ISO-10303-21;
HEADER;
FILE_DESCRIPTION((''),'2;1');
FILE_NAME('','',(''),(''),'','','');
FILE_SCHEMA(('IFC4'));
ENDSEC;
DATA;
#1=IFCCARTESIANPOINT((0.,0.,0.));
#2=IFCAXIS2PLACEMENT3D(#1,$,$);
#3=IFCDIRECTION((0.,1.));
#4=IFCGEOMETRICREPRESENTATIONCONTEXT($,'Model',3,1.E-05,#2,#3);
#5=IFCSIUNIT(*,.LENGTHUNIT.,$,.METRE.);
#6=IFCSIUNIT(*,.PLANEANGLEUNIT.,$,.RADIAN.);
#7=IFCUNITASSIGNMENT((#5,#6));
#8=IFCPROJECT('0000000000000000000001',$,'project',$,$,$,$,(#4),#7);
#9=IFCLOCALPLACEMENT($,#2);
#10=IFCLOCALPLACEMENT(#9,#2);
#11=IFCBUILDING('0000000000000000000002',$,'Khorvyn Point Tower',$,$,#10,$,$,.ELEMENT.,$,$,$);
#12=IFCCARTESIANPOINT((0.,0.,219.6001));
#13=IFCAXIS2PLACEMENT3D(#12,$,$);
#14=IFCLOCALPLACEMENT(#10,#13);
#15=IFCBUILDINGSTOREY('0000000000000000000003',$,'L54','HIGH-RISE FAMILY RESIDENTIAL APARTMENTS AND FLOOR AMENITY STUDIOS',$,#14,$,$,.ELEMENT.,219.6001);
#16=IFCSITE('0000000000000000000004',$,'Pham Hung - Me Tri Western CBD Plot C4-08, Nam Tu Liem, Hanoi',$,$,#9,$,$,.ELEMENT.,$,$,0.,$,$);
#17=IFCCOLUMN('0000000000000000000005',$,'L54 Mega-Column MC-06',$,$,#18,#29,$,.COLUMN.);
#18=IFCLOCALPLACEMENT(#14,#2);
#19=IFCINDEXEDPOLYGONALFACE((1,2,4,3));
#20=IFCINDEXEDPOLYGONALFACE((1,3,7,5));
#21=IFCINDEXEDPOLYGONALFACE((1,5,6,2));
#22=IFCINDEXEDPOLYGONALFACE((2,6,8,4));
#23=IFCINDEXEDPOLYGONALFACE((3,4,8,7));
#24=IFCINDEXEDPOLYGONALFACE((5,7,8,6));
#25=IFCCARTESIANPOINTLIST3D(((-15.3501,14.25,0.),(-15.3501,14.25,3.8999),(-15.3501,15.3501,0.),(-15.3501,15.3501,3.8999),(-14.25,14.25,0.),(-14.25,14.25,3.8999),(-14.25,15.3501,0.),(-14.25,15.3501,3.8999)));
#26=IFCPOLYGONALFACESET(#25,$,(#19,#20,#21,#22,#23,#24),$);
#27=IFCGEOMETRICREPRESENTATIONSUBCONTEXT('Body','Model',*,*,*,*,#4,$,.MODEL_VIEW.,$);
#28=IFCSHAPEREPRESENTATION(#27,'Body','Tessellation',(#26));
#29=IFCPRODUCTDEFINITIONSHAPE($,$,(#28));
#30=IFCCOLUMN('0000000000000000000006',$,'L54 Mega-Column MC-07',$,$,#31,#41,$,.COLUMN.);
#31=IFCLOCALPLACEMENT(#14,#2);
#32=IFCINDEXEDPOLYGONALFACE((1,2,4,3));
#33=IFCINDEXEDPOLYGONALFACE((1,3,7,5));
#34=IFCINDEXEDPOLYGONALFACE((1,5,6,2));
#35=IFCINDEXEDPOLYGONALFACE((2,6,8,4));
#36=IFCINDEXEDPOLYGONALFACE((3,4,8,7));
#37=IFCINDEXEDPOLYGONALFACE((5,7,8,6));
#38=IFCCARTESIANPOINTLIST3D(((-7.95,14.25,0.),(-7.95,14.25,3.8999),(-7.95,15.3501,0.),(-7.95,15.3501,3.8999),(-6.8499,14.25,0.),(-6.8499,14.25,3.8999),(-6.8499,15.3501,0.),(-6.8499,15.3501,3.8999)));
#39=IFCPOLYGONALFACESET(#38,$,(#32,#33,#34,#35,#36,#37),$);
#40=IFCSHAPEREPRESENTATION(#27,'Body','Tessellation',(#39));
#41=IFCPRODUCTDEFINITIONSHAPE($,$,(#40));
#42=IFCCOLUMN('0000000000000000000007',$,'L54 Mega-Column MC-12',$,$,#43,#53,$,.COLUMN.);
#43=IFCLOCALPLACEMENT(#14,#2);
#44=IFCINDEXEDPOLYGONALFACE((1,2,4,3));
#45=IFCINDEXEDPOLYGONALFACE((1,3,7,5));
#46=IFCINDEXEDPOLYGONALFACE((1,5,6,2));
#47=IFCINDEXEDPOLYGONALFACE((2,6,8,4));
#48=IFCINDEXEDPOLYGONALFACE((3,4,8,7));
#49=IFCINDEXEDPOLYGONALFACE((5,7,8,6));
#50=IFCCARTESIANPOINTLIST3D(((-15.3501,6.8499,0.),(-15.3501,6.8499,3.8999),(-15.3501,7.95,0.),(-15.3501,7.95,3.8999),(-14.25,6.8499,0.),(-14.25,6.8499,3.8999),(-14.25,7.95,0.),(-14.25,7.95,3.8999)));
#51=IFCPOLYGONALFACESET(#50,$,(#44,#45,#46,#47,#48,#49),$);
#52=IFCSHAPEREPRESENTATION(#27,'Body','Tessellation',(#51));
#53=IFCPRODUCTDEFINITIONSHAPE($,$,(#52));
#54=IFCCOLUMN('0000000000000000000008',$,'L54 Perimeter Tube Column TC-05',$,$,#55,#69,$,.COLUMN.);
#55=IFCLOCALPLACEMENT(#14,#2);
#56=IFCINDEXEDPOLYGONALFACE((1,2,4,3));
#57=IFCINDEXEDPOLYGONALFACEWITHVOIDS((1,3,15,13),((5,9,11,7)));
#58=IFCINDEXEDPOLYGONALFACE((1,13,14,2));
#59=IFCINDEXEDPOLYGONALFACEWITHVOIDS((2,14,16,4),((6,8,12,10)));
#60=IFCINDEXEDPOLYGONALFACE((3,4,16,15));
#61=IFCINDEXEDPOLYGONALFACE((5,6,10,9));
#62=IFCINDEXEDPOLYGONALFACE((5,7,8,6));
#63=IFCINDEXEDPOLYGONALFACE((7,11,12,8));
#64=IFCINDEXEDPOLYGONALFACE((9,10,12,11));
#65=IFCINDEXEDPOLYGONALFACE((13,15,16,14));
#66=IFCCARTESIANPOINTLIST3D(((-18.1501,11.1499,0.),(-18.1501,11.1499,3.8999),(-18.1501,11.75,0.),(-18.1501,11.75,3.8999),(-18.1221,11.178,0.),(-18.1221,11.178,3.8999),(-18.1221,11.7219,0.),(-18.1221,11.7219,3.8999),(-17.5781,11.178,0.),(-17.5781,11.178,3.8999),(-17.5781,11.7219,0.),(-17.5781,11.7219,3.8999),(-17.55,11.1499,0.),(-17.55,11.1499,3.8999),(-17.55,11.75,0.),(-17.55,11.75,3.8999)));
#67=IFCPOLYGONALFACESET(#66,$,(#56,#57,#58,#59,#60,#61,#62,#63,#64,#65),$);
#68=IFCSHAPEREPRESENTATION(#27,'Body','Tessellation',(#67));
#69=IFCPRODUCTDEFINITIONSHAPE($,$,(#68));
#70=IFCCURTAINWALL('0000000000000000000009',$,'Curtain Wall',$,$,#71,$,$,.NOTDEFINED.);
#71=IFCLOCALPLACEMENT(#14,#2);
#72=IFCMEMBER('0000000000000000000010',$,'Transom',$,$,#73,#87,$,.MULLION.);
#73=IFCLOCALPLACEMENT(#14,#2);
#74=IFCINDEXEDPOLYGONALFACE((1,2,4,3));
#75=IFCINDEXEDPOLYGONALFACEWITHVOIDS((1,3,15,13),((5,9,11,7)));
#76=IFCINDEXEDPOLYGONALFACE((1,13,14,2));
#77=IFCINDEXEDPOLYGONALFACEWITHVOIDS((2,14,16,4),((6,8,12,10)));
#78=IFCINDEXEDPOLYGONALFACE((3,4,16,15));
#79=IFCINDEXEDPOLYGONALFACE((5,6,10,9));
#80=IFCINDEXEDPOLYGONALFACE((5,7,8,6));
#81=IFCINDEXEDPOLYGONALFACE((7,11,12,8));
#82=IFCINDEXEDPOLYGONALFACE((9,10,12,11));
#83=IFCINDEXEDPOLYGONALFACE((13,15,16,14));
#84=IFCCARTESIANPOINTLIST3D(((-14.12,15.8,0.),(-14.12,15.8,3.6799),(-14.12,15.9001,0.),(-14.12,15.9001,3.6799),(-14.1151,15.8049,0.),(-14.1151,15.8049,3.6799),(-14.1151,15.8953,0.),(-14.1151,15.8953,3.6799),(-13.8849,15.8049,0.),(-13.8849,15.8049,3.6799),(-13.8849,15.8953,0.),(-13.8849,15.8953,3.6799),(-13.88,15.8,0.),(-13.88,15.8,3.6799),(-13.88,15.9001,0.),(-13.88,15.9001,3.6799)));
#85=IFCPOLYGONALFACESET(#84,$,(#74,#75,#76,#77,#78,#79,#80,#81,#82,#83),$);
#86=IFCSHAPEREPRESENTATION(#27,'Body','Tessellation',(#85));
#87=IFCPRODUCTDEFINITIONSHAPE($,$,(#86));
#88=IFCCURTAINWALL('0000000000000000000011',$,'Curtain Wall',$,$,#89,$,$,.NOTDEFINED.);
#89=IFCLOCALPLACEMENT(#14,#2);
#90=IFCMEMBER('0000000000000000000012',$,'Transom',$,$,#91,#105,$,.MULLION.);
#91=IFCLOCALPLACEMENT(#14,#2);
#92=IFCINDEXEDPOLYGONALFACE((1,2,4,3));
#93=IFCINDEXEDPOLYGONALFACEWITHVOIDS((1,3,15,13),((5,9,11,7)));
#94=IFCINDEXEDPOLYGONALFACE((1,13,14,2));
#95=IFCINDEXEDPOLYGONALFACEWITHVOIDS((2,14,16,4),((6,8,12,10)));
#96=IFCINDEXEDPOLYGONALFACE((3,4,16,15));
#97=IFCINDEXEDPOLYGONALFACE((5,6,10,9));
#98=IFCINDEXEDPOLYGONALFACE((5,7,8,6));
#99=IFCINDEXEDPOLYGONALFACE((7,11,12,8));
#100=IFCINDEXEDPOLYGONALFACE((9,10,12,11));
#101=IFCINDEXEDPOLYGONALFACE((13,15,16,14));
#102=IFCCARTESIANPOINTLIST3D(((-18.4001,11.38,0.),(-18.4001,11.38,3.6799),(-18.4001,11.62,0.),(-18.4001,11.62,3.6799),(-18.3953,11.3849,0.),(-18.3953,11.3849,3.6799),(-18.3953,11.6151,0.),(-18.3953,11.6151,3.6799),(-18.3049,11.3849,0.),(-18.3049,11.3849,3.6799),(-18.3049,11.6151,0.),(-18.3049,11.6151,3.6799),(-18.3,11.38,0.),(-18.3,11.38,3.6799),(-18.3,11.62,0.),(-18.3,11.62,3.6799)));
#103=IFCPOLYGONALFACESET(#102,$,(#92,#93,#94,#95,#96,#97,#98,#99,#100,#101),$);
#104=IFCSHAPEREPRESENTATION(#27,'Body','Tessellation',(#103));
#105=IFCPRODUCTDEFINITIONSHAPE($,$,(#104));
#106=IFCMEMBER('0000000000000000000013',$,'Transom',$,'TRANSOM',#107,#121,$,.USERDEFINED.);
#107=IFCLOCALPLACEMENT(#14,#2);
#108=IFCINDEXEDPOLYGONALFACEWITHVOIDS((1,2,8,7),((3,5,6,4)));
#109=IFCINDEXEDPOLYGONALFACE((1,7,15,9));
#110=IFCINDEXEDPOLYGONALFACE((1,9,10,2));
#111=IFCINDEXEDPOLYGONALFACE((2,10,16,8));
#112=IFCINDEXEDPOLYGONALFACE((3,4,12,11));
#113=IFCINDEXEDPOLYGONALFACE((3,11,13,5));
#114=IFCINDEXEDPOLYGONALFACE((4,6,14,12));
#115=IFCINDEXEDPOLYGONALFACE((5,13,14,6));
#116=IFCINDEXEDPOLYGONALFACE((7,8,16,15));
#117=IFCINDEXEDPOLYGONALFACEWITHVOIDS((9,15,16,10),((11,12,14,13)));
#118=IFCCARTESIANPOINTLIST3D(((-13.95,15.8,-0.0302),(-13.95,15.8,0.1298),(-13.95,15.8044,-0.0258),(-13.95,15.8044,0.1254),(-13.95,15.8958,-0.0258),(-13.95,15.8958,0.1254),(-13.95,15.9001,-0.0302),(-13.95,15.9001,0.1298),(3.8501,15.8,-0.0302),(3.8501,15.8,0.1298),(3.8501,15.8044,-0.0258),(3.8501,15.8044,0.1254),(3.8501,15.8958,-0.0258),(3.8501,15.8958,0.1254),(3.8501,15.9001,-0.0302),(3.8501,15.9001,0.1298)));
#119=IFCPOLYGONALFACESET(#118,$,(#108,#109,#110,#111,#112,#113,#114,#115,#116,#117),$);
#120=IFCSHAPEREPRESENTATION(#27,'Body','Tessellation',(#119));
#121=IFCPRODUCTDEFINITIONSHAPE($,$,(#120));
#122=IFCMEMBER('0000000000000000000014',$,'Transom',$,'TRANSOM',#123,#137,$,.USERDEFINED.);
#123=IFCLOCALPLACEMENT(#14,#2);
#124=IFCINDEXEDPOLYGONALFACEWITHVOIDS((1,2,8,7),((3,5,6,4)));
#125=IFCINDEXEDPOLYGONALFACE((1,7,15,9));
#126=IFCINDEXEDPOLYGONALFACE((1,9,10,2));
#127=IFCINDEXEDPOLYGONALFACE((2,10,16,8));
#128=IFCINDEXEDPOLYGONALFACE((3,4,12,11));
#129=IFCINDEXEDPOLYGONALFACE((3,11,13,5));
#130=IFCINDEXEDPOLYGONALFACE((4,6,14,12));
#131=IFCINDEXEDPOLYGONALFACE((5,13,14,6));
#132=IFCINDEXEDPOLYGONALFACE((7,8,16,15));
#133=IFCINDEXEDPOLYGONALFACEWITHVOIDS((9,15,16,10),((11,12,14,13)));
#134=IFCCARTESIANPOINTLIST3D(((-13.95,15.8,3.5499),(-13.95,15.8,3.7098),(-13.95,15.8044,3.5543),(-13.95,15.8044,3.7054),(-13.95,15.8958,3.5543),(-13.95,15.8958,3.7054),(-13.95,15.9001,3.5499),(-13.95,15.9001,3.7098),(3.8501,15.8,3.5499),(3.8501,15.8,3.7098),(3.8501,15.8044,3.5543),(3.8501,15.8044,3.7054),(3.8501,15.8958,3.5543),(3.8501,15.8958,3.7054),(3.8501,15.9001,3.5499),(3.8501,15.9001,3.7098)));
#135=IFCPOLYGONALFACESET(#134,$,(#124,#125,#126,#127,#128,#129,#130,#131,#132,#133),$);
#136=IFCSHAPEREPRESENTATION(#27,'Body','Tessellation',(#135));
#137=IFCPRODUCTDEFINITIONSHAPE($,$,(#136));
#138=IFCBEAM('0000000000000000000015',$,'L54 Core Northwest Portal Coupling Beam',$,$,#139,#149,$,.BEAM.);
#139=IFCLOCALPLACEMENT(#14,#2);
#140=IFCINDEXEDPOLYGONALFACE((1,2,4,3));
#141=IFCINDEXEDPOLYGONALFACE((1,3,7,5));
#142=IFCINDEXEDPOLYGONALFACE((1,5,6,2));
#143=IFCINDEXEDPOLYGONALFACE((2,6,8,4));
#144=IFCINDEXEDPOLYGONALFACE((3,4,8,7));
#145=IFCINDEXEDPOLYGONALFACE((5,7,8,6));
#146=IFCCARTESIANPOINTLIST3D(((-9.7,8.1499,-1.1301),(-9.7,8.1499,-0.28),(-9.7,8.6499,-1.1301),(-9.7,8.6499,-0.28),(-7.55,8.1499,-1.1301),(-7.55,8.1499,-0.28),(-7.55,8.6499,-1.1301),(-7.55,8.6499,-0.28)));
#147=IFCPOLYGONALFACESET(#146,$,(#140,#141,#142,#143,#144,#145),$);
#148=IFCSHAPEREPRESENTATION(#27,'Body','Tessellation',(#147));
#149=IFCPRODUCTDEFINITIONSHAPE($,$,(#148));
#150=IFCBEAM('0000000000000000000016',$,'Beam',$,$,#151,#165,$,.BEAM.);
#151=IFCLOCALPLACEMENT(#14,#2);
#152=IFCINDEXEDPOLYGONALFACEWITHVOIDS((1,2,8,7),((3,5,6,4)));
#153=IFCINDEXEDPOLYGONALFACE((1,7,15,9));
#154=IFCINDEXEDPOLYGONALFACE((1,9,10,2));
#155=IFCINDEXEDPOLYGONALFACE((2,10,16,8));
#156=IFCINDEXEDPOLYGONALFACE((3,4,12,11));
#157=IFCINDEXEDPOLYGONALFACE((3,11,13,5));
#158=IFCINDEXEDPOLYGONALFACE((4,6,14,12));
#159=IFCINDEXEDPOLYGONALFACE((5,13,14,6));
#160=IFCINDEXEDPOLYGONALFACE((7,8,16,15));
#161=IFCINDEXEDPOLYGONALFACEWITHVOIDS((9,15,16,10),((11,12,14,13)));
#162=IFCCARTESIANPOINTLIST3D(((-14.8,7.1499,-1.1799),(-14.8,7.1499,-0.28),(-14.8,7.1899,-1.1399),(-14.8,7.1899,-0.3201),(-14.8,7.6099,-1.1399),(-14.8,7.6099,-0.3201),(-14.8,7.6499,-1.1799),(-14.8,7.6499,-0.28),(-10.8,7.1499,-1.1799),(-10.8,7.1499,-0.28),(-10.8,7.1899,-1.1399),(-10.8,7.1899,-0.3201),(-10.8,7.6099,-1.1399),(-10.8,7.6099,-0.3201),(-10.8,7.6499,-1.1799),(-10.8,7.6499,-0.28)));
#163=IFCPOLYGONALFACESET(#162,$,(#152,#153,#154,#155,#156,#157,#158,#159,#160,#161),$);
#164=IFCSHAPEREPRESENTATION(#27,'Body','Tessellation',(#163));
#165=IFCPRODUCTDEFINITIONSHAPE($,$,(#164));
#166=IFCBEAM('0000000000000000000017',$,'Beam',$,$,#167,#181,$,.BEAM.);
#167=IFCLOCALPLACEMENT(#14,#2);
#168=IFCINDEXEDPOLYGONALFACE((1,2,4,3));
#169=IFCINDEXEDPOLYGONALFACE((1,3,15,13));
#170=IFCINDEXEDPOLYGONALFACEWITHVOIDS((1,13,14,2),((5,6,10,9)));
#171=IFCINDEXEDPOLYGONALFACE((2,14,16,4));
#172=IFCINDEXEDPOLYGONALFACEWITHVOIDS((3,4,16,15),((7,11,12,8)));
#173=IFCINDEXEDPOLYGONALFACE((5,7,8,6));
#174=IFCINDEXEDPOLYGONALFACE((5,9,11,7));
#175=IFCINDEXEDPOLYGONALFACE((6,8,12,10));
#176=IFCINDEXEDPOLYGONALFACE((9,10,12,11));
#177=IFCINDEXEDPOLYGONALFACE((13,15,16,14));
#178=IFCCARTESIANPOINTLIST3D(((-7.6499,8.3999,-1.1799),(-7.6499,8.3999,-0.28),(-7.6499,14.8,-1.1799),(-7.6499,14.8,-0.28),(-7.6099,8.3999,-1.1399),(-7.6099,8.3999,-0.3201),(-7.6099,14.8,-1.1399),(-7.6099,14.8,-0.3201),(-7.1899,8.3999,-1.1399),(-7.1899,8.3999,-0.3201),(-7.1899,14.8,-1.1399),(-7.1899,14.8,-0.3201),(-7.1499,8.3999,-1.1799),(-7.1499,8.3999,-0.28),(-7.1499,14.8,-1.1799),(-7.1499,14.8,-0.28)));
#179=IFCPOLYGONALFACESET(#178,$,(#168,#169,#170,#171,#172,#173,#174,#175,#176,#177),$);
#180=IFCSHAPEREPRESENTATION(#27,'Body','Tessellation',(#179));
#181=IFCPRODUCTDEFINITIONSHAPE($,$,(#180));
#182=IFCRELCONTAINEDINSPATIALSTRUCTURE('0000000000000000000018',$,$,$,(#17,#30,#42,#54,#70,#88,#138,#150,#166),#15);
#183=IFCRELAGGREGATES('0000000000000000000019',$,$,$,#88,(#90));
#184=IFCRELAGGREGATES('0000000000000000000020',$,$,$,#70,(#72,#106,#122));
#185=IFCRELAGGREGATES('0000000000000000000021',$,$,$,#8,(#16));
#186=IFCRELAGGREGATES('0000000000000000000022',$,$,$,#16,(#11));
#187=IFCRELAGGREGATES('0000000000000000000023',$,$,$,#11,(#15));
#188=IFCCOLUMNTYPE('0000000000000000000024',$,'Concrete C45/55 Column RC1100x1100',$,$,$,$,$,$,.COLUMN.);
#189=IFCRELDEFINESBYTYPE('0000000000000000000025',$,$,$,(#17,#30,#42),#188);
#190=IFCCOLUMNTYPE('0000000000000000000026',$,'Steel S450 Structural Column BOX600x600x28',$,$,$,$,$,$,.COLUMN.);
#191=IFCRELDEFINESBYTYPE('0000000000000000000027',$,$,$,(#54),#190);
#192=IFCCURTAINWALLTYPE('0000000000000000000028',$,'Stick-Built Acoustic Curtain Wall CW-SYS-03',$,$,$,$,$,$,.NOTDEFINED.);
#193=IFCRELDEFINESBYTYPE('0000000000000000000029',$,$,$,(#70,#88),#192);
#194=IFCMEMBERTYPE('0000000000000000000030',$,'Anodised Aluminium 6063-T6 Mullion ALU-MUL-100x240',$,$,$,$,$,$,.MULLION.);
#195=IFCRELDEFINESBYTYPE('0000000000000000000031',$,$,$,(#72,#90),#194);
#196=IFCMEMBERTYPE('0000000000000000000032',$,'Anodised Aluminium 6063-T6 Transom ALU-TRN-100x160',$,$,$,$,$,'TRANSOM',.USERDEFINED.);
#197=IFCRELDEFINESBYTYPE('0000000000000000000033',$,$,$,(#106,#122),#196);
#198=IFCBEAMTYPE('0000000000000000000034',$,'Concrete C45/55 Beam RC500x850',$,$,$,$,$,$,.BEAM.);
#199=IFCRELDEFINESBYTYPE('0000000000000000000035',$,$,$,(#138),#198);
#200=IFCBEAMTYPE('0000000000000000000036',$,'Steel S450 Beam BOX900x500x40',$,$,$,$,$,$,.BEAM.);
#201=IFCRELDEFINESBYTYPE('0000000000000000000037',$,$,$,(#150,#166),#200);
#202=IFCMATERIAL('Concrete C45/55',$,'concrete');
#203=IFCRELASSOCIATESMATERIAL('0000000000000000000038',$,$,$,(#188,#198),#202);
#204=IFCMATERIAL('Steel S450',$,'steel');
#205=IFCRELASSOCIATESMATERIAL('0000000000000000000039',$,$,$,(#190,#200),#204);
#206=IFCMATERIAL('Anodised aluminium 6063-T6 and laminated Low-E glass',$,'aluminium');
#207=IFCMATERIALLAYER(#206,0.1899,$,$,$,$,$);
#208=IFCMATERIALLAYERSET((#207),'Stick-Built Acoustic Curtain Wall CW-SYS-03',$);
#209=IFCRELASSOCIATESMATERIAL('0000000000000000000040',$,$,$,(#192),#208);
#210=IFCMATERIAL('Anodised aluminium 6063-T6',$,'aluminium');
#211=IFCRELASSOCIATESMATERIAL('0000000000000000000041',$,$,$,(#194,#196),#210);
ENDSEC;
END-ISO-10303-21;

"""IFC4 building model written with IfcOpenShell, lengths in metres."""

from ifc_helpers import new_model, si_unit, direction, frame, origin, origin_2d, place, context, subcontext, project, spatial, rectangle, hollow_rectangle, extrude, material, layer, layer_set, material_profile, profile_set, type_object, element, aggregate, save


model = new_model("IFC4")

# Units and contexts
model_context = context("Model", 3, precision=1e-05, world=origin(), true_north=direction((0.0, 1.0)))
body_context = subcontext(model_context, "Body", "Model", "MODEL_VIEW")
ifc_project = project(units=[si_unit("LENGTHUNIT", "METRE"), si_unit("PLANEANGLEUNIT", "RADIAN")], contexts=[model_context])

# Site, building, storey
site_placement = place(None, origin())
site = spatial("IfcSite", under=ifc_project, at=site_placement, Name="Pham Hung - Me Tri Western CBD Plot C4-08, Nam Tu Liem, Hanoi", CompositionType="ELEMENT", RefElevation=0.0)
building_placement = place(site_placement, origin())
building = spatial("IfcBuilding", under=site, at=building_placement, Name="Khorvyn Point Tower", CompositionType="ELEMENT")
storey_placement = place(building_placement, frame((0.0, 0.0, 219.6001)))
storey = spatial("IfcBuildingStorey", under=building, at=storey_placement, Name="L54", Description="HIGH-RISE FAMILY RESIDENTIAL APARTMENTS AND FLOOR AMENITY STUDIOS", CompositionType="ELEMENT", Elevation=219.6001)

# Columns
ifc_material_1 = material(Name="Concrete C45/55", Category="concrete")
ifc_material_profile_1 = material_profile(ifc_material_1, rectangle(XDim=1.1001, YDim=1.1001, at=origin_2d()))
ifc_profile_set_1 = profile_set([ifc_material_profile_1], Name="Concrete C45/55 RC1100x1100")
column_type_1 = type_object("IfcColumnType", Name="Concrete C45/55 Column RC1100x1100", PredefinedType="COLUMN", material=ifc_profile_set_1)
for number, where, z_axis, x_axis, name in (
    (1, (-14.8, 14.8, 0.0), (0.0, 0.0, 1.0), (1.0, 0.0, 0.0), "L54 Mega-Column MC-06"),
    (2, (-7.3999, 14.8, 0.0), (0.0, 0.0, 1.0), (1.0, 0.0, 0.0), "L54 Mega-Column MC-07"),
    (3, (-14.8, 7.3999, 0.0), (0.0, 0.0, 1.0), (1.0, 0.0, 0.0), "L54 Mega-Column MC-12"),
):
    element("IfcColumn", number, at=place(storey_placement, frame(where, z_axis=z_axis, x_axis=x_axis)), inside=storey, type_object=column_type_1, Name=name, PredefinedType="COLUMN", context=body_context, shape_type="SweptSolid", body=[
        extrude(rectangle(XDim=1.1001, YDim=1.1001, at=origin_2d()), origin(), (0.0, 0.0, 1.0), 3.8999),
    ])
ifc_material_2 = material(Name="Steel S450", Category="steel")
ifc_material_profile_2 = material_profile(ifc_material_2, hollow_rectangle(XDim=0.6001, YDim=0.6001, WallThickness=0.0281, at=origin_2d()))
ifc_profile_set_2 = profile_set([ifc_material_profile_2], Name="Steel S450 BOX600x600x28")
column_type_2 = type_object("IfcColumnType", Name="Steel S450 Structural Column BOX600x600x28", PredefinedType="COLUMN", material=ifc_profile_set_2)
column_placement = place(storey_placement, frame((-17.8501, 11.45, 0.0), z_axis=(0.0, 0.0, 1.0), x_axis=(1.0, 0.0, 0.0)))
element("IfcColumn", 4, at=column_placement, inside=storey, type_object=column_type_2, Name="L54 Perimeter Tube Column TC-05", PredefinedType="COLUMN", context=body_context, shape_type="SweptSolid", body=[
    extrude(hollow_rectangle(XDim=0.6001, YDim=0.6001, WallThickness=0.0281, at=origin_2d()), origin(), (0.0, 0.0, 1.0), 3.8999),
])

# Curtain walls, members
ifc_material_3 = material(Name="Anodised aluminium 6063-T6 and laminated Low-E glass", Category="aluminium")
ifc_layer_1 = layer(ifc_material_3, 0.1899)
ifc_layer_set_1 = layer_set([ifc_layer_1], Name="Stick-Built Acoustic Curtain Wall CW-SYS-03")
curtain_wall_type = type_object("IfcCurtainWallType", Name="Stick-Built Acoustic Curtain Wall CW-SYS-03", PredefinedType="NOTDEFINED", material=ifc_layer_set_1)
curtain_wall_1_placement = place(storey_placement, origin())
curtain_wall_1 = element("IfcCurtainWall", 5, at=curtain_wall_1_placement, inside=storey, type_object=curtain_wall_type, Name="Curtain Wall", PredefinedType="NOTDEFINED")
ifc_material_4 = material(Name="Anodised aluminium 6063-T6", Category="aluminium")
ifc_material_profile_3 = material_profile(ifc_material_4, hollow_rectangle(XDim=0.1001, YDim=0.24, WallThickness=0.0049, at=origin_2d()))
ifc_profile_set_3 = profile_set([ifc_material_profile_3], Name="Anodised aluminium 6063-T6 ALU-MUL-100x240")
member_type_1 = type_object("IfcMemberType", Name="Anodised Aluminium 6063-T6 Mullion ALU-MUL-100x240", PredefinedType="MULLION", material=ifc_profile_set_3)
member_1_placement = place(storey_placement, frame((-14.0, 15.8501, 0.0), z_axis=(0.0, 0.0, 1.0), x_axis=(0.0, 1.0, 0.0)))
member_1 = element("IfcMember", 6, at=member_1_placement, type_object=member_type_1, Name="Transom", PredefinedType="MULLION", context=body_context, shape_type="SweptSolid", body=[
    extrude(hollow_rectangle(XDim=0.1001, YDim=0.24, WallThickness=0.0049, at=origin_2d()), origin(), (0.0, 0.0, 1.0), 3.6799),
])
curtain_wall_2_placement = place(storey_placement, origin())
curtain_wall_2 = element("IfcCurtainWall", 7, at=curtain_wall_2_placement, inside=storey, type_object=curtain_wall_type, Name="Curtain Wall", PredefinedType="NOTDEFINED")
member_2_placement = place(storey_placement, frame((-18.3501, 11.5, 0.0), z_axis=(0.0, 0.0, 1.0), x_axis=(-1.0, 0.0, 0.0)))
member_2 = element("IfcMember", 8, at=member_2_placement, type_object=member_type_1, Name="Transom", PredefinedType="MULLION", context=body_context, shape_type="SweptSolid", body=[
    extrude(hollow_rectangle(XDim=0.1001, YDim=0.24, WallThickness=0.0049, at=origin_2d()), origin(), (0.0, 0.0, 1.0), 3.6799),
])
aggregate(curtain_wall_2, [member_2])

# Members
ifc_material_profile_4 = material_profile(ifc_material_4, hollow_rectangle(XDim=0.1001, YDim=0.1599, WallThickness=0.0044, at=origin_2d()))
ifc_profile_set_4 = profile_set([ifc_material_profile_4], Name="Anodised aluminium 6063-T6 ALU-TRN-100x160")
member_type_2 = type_object("IfcMemberType", Name="Anodised Aluminium 6063-T6 Transom ALU-TRN-100x160", ElementType="TRANSOM", PredefinedType="USERDEFINED", material=ifc_profile_set_4)
member_3_placement = place(storey_placement, frame((-13.95, 15.8501, 0.0498), z_axis=(1.0, 0.0, 0.0), x_axis=(0.0, 1.0, 0.0)))
member_3 = element("IfcMember", 9, at=member_3_placement, type_object=member_type_2, Name="Transom", ObjectType="TRANSOM", PredefinedType="USERDEFINED", context=body_context, shape_type="SweptSolid", body=[
    extrude(hollow_rectangle(XDim=0.1001, YDim=0.1599, WallThickness=0.0044, at=origin_2d()), origin(), (0.0, 0.0, 1.0), 17.8),
])
member_4_placement = place(storey_placement, frame((-13.95, 15.8501, 3.6299), z_axis=(1.0, 0.0, 0.0), x_axis=(0.0, 1.0, 0.0)))
member_4 = element("IfcMember", 10, at=member_4_placement, type_object=member_type_2, Name="Transom", ObjectType="TRANSOM", PredefinedType="USERDEFINED", context=body_context, shape_type="SweptSolid", body=[
    extrude(hollow_rectangle(XDim=0.1001, YDim=0.1599, WallThickness=0.0044, at=origin_2d()), origin(), (0.0, 0.0, 1.0), 17.8),
])
aggregate(curtain_wall_1, [member_1, member_3, member_4])

# Beams
ifc_material_profile_5 = material_profile(ifc_material_1, rectangle(XDim=0.5, YDim=0.8501, at=origin_2d()))
ifc_profile_set_5 = profile_set([ifc_material_profile_5], Name="Concrete C45/55 RC500x850")
beam_type_1 = type_object("IfcBeamType", Name="Concrete C45/55 Beam RC500x850", PredefinedType="BEAM", material=ifc_profile_set_5)
beam_1_placement = place(storey_placement, frame((-9.7, 8.3999, -0.7051), z_axis=(1.0, 0.0, 0.0), x_axis=(0.0, 1.0, 0.0)))
element("IfcBeam", 11, at=beam_1_placement, inside=storey, type_object=beam_type_1, Name="L54 Core Northwest Portal Coupling Beam", PredefinedType="BEAM", context=body_context, shape_type="SweptSolid", body=[
    extrude(rectangle(XDim=0.5, YDim=0.8501, at=origin_2d()), origin(), (0.0, 0.0, 1.0), 2.1499),
])
ifc_material_profile_6 = material_profile(ifc_material_2, hollow_rectangle(XDim=0.5, YDim=0.8999, WallThickness=0.04, at=origin_2d()))
ifc_profile_set_6 = profile_set([ifc_material_profile_6], Name="Steel S450 BOX900x500x40")
beam_type_2 = type_object("IfcBeamType", Name="Steel S450 Beam BOX900x500x40", PredefinedType="BEAM", material=ifc_profile_set_6)
beam_2_placement = place(storey_placement, frame((-14.8, 7.3999, -0.73), z_axis=(1.0, 0.0, 0.0), x_axis=(0.0, 1.0, 0.0)))
element("IfcBeam", 12, at=beam_2_placement, inside=storey, type_object=beam_type_2, Name="Beam", PredefinedType="BEAM", context=body_context, shape_type="SweptSolid", body=[
    extrude(hollow_rectangle(XDim=0.5, YDim=0.8999, WallThickness=0.04, at=origin_2d()), origin(), (0.0, 0.0, 1.0), 4.0),
])
beam_3_placement = place(storey_placement, frame((-7.3999, 8.3999, -0.73), z_axis=(0.0, 1.0, 0.0), x_axis=(-1.0, 0.0, 0.0)))
element("IfcBeam", 13, at=beam_3_placement, inside=storey, type_object=beam_type_2, Name="Beam", PredefinedType="BEAM", context=body_context, shape_type="SweptSolid", body=[
    extrude(hollow_rectangle(XDim=0.5, YDim=0.8999, WallThickness=0.04, at=origin_2d()), origin(), (0.0, 0.0, 1.0), 6.4001),
])

save(model, "model.ifc")
